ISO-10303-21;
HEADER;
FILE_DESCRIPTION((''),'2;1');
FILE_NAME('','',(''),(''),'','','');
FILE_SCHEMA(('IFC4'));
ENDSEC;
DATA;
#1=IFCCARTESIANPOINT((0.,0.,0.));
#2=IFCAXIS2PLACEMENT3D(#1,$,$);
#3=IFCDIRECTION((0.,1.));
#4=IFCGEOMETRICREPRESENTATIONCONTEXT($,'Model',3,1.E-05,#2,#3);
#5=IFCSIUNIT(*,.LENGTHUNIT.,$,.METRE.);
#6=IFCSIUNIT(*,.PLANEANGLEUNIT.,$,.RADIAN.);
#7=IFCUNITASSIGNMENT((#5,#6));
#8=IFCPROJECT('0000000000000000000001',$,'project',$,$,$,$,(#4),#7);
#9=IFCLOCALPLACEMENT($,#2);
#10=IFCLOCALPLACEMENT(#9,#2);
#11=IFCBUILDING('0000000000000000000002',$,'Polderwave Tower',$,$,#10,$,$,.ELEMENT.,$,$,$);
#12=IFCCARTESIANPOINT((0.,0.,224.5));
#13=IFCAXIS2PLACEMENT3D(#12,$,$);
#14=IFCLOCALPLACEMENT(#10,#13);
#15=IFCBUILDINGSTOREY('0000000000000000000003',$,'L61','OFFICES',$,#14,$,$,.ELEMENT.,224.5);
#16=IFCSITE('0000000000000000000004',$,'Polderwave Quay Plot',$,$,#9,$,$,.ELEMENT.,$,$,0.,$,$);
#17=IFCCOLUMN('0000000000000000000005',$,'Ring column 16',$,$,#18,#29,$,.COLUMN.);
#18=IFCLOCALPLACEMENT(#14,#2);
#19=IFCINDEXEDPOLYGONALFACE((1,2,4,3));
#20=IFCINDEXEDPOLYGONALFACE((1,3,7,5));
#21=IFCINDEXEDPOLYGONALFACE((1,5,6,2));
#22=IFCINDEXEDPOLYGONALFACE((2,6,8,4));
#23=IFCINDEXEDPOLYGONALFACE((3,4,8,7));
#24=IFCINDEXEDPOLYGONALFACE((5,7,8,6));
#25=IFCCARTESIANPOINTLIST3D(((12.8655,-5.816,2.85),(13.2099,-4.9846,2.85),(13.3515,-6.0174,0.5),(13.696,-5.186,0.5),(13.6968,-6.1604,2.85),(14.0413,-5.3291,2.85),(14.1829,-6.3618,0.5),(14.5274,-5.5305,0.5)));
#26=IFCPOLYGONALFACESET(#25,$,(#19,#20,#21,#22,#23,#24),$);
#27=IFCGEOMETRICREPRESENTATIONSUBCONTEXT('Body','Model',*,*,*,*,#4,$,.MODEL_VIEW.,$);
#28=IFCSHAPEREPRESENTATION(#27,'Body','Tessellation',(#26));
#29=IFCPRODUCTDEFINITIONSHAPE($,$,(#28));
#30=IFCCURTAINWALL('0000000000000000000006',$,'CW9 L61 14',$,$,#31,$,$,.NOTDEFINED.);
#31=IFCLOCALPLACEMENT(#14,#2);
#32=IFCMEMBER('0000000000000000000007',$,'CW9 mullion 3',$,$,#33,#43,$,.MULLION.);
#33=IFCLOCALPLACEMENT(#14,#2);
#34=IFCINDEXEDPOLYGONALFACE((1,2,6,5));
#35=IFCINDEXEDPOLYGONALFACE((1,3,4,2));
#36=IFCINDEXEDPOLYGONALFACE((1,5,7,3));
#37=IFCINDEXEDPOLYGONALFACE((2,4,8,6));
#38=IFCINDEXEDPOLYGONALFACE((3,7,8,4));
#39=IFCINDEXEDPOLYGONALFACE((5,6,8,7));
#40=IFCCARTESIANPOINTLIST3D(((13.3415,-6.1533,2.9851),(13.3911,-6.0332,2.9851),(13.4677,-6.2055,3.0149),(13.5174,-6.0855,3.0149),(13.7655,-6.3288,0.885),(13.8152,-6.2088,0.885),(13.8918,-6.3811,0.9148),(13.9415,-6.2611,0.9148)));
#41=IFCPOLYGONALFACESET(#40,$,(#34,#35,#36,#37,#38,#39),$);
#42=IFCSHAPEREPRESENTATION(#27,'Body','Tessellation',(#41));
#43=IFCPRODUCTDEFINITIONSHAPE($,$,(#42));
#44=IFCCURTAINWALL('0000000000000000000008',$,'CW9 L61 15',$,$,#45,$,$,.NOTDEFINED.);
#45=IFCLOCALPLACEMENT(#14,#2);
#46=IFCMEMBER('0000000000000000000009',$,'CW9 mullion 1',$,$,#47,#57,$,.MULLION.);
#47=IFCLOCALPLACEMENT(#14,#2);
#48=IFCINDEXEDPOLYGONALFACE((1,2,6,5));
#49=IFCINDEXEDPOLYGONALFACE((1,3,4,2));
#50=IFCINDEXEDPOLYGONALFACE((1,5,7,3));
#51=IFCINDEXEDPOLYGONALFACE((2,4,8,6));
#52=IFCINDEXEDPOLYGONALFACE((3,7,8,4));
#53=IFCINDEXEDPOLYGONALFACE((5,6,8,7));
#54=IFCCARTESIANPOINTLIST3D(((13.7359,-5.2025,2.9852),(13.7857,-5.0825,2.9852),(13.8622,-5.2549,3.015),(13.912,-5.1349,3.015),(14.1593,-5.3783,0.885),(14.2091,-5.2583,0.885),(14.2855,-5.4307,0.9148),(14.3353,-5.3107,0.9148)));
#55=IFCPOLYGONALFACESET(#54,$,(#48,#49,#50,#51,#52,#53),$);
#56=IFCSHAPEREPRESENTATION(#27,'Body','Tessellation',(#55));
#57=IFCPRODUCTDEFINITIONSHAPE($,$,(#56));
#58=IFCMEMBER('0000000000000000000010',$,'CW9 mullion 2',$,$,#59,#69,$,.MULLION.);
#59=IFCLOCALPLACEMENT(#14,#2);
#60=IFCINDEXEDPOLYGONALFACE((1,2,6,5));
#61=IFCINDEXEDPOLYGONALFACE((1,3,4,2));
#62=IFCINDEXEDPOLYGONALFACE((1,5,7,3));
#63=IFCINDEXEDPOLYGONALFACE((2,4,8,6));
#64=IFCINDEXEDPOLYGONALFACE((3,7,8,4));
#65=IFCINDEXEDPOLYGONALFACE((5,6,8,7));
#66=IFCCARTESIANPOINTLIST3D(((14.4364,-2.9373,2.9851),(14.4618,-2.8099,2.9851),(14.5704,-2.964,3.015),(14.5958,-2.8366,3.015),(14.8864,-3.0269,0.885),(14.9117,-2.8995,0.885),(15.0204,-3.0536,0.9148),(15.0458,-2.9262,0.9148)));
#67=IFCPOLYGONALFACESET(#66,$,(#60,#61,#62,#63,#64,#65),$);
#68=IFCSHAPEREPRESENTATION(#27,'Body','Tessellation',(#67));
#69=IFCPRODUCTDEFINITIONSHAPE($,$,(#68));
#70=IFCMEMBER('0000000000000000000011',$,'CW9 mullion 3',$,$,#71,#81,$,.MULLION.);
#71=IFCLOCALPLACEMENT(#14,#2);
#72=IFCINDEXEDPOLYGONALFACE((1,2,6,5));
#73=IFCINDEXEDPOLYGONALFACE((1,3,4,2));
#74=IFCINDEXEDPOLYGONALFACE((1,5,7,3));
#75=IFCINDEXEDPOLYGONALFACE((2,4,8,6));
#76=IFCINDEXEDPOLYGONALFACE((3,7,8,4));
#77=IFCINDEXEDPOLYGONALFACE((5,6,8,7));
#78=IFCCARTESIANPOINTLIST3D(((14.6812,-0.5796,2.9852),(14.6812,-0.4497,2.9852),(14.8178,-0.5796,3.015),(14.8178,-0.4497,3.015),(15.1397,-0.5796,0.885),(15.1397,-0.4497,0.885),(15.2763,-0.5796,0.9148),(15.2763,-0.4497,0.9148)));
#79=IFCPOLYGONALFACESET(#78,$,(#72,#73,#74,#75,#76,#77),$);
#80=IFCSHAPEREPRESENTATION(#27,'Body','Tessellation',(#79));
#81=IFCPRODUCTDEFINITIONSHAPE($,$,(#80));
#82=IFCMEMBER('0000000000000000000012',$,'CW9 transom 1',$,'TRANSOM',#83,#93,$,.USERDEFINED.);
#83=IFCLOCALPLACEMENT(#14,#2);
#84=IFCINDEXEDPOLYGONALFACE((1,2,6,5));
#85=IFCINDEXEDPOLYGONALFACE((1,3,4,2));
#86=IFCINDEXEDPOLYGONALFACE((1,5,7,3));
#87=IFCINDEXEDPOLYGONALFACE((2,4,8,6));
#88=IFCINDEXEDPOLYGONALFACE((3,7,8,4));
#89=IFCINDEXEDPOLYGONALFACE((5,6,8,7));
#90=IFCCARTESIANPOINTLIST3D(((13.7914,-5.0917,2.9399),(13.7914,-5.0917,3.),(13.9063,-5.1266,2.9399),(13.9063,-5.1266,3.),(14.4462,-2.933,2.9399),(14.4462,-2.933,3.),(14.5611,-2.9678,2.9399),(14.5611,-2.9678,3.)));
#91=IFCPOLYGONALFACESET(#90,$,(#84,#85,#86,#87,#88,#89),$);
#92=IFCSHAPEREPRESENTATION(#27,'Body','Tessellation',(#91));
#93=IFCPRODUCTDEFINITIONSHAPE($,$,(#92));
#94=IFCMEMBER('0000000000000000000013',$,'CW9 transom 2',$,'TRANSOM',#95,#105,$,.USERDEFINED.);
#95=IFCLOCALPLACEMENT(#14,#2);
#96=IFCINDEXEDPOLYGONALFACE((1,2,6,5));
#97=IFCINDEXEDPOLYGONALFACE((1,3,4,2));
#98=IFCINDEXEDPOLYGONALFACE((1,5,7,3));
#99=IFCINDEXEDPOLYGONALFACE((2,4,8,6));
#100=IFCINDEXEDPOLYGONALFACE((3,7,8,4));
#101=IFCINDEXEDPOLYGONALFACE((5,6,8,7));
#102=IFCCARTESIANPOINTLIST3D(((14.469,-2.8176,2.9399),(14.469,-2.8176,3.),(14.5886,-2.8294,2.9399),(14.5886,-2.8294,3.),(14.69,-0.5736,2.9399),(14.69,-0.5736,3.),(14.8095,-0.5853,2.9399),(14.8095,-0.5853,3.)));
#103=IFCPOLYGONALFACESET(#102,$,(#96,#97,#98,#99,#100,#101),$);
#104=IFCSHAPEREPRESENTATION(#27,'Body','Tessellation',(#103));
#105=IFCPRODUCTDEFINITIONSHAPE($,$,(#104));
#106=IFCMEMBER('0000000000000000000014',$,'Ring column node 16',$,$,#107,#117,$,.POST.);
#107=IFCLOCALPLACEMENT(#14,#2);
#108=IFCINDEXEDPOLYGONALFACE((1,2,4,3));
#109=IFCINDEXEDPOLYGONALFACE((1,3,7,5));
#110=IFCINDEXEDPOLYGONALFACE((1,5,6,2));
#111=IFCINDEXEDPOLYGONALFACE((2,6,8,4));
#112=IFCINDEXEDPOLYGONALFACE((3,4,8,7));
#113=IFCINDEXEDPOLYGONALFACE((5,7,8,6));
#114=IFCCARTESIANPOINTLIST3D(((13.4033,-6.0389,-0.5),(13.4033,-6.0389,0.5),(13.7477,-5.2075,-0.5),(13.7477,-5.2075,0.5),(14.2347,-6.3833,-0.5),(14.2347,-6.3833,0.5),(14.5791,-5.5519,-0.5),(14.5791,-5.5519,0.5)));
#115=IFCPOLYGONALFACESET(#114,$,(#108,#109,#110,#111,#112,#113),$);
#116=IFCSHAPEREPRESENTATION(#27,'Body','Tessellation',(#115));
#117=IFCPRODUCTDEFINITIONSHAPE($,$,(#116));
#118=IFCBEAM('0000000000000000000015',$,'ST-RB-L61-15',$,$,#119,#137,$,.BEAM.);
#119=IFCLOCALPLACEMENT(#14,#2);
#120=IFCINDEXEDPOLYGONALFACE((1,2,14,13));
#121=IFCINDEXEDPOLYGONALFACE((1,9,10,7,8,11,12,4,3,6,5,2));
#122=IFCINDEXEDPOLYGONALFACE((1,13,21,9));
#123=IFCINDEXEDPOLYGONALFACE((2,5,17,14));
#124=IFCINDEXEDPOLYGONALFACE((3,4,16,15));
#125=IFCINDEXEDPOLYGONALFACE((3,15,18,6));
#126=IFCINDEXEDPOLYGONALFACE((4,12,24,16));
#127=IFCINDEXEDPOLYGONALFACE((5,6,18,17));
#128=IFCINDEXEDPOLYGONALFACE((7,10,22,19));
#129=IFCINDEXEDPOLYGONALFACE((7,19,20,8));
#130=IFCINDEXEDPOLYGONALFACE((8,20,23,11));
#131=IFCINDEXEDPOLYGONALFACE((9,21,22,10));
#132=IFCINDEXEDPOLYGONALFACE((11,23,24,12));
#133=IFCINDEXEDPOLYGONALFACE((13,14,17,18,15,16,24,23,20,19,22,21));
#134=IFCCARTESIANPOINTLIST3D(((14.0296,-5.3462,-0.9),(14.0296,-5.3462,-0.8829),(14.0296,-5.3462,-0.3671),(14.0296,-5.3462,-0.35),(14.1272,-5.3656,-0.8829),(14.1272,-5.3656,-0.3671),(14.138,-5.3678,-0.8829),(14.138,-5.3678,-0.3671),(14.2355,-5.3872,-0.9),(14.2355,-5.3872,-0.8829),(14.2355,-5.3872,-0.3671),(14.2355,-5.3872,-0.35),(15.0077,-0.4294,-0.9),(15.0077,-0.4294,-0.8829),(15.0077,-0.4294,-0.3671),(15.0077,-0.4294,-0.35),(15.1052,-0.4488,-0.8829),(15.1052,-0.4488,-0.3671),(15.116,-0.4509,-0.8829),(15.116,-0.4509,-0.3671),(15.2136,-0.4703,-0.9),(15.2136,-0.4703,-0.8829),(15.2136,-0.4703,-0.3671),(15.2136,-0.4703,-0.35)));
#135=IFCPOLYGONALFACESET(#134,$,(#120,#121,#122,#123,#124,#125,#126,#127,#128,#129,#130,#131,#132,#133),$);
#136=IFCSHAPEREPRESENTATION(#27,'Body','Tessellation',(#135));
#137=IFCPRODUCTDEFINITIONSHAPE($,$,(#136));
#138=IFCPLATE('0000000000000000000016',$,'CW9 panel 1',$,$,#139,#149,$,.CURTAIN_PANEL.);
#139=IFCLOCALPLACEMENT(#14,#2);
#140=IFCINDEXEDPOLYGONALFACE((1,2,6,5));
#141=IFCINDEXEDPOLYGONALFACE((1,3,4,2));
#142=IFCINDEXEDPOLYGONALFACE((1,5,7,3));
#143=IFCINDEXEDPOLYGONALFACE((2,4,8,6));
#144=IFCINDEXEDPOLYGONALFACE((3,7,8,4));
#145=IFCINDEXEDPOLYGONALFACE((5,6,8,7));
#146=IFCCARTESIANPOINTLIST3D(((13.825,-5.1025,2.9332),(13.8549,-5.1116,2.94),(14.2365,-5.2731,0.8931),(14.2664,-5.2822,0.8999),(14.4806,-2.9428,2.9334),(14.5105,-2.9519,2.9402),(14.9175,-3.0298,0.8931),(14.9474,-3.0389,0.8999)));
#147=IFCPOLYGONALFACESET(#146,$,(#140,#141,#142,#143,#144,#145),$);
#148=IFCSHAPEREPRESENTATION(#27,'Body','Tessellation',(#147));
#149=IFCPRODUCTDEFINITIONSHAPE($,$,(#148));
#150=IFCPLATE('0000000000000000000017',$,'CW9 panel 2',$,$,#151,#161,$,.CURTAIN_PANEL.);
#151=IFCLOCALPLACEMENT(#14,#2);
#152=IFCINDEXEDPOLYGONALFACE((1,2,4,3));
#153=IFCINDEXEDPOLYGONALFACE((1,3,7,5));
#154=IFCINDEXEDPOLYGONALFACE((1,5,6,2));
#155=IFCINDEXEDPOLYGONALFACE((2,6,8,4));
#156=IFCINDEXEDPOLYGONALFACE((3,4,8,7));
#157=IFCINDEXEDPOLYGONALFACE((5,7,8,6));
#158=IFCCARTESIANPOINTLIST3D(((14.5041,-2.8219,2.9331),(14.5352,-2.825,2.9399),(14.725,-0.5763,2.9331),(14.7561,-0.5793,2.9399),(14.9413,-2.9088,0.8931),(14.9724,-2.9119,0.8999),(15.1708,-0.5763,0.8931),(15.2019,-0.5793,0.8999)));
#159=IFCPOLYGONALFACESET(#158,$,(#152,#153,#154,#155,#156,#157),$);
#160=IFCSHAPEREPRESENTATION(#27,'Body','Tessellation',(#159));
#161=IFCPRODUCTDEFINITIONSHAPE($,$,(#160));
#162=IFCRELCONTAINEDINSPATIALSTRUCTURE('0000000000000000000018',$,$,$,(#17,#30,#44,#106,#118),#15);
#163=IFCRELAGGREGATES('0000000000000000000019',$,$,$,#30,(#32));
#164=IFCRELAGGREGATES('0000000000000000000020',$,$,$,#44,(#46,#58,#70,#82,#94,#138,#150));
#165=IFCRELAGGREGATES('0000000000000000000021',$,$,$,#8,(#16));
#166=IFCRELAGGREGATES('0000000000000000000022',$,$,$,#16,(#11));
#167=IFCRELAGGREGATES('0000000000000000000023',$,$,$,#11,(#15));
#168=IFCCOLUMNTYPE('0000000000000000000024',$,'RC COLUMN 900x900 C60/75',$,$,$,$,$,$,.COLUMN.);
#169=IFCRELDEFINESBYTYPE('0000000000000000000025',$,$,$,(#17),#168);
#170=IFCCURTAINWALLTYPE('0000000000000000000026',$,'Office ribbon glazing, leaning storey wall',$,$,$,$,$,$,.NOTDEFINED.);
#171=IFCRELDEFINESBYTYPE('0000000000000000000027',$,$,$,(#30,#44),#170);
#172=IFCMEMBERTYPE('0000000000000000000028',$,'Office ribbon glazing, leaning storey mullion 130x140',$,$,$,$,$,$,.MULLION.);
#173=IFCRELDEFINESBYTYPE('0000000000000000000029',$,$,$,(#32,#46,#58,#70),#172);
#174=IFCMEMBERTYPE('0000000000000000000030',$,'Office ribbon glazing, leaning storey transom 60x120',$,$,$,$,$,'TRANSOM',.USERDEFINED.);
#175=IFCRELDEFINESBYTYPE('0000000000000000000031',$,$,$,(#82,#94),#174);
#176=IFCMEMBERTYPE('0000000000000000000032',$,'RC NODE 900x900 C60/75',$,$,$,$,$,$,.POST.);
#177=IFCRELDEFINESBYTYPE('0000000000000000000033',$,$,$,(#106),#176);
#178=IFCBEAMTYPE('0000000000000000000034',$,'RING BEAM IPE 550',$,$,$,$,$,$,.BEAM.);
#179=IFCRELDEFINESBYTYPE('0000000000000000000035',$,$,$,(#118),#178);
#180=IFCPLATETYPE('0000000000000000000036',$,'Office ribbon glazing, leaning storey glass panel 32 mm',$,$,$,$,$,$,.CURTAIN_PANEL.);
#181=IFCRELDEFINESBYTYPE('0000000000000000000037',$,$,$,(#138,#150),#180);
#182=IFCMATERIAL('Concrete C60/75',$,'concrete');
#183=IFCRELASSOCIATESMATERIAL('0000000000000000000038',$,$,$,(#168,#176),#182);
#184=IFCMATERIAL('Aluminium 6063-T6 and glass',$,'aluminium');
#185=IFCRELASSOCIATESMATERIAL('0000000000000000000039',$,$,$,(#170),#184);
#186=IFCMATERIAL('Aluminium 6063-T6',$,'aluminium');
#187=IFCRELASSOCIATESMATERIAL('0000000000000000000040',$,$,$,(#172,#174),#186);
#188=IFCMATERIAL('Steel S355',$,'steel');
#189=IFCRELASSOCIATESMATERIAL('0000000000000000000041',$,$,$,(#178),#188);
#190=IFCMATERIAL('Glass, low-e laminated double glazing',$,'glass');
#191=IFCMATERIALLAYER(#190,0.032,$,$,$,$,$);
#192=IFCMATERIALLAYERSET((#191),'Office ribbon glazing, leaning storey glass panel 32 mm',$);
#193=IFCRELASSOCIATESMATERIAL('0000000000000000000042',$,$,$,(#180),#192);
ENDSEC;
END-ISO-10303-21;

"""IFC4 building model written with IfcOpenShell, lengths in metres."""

from ifc_helpers import new_model, si_unit, direction, frame, origin, origin_2d, place, context, subcontext, project, spatial, polyline, rectangle, i_section, outline, extrude, material, layer, layer_set, material_profile, profile_set, type_object, element, aggregate, save


model = new_model("IFC4")

# Units and contexts
model_context = context("Model", 3, precision=1e-05, world=origin(), true_north=direction((0.0, 1.0)))
body_context = subcontext(model_context, "Body", "Model", "MODEL_VIEW")
ifc_project = project(units=[si_unit("LENGTHUNIT", "METRE"), si_unit("PLANEANGLEUNIT", "RADIAN")], contexts=[model_context])

# Site, building, storey
site_placement = place(None, origin())
site = spatial("IfcSite", under=ifc_project, at=site_placement, Name="Polderwave Quay Plot", CompositionType="ELEMENT", RefElevation=0.0)
building_placement = place(site_placement, origin())
building = spatial("IfcBuilding", under=site, at=building_placement, Name="Polderwave Tower", CompositionType="ELEMENT")
storey_placement = place(building_placement, frame((0.0, 0.0, 224.5)))
storey = spatial("IfcBuildingStorey", under=building, at=storey_placement, Name="L61", Description="OFFICES", CompositionType="ELEMENT", Elevation=224.5)

# Column
ifc_material_1 = material(Name="Concrete C60/75", Category="concrete")
ifc_material_profile_1 = material_profile(ifc_material_1, rectangle(XDim=0.8999, YDim=0.8999, at=origin_2d()), Name="RC 900x900")
ifc_profile_set_1 = profile_set([ifc_material_profile_1], Name="Concrete C60/75")
column_type = type_object("IfcColumnType", Name="RC COLUMN 900x900 C60/75", PredefinedType="COLUMN", material=ifc_profile_set_1)
column_placement = place(storey_placement, frame((13.9395, -5.7739, 0.5), z_axis=(0.0, 0.0, 1.0), x_axis=(-0.382803, -0.92383, 0.0)))
element("IfcColumn", 1, at=column_placement, inside=storey, type_object=column_type, Name="Ring column 16", PredefinedType="COLUMN", context=body_context, shape_type="SweptSolid", body=[
    extrude(rectangle(XDim=0.8999, YDim=0.8999, at=origin_2d()), origin(), (0.0, -0.21848, 0.975841), 2.4082),
])

# Curtain wall, member
ifc_material_2 = material(Name="Aluminium 6063-T6 and glass", Category="aluminium")
curtain_wall_type = type_object("IfcCurtainWallType", Name="Office ribbon glazing, leaning storey wall", PredefinedType="NOTDEFINED", material=ifc_material_2)
curtain_wall_1_placement = place(storey_placement, origin())
curtain_wall_1 = element("IfcCurtainWall", 2, at=curtain_wall_1_placement, inside=storey, type_object=curtain_wall_type, Name="CW9 L61 14", PredefinedType="NOTDEFINED")
ifc_material_3 = material(Name="Aluminium 6063-T6", Category="aluminium")
ifc_material_profile_2 = material_profile(ifc_material_3, rectangle(XDim=0.1299, YDim=0.1399, at=origin_2d()), Name="AL 130x140")
ifc_profile_set_2 = profile_set([ifc_material_profile_2], Name="Aluminium 6063-T6")
member_type_1 = type_object("IfcMemberType", Name="Office ribbon glazing, leaning storey mullion 130x140", PredefinedType="MULLION", material=ifc_profile_set_2)
member_1_placement = place(storey_placement, frame((13.8535, -6.2949, 0.8999), z_axis=(-0.197274, 0.081658, 0.976942), x_axis=(-0.382461, -0.923971, 0.0)))
member_1 = element("IfcMember", 3, at=member_1_placement, type_object=member_type_1, Name="CW9 mullion 3", PredefinedType="MULLION", context=body_context, shape_type="SweptSolid", body=[
    extrude(rectangle(XDim=0.1299, YDim=0.1399, at=origin_2d()), origin(), (0.0, 0.0, 1.0), 2.1497),
])
aggregate(curtain_wall_1, [member_1])

# Curtain wall, members
curtain_wall_2_placement = place(storey_placement, origin())
curtain_wall_2 = element("IfcCurtainWall", 4, at=curtain_wall_2_placement, inside=storey, type_object=curtain_wall_type, Name="CW9 L61 15", PredefinedType="NOTDEFINED")
member_2_placement = place(storey_placement, frame((14.2473, -5.3445, 0.8999), z_axis=(-0.196944, 0.081776, 0.976998), x_axis=(-0.383481, -0.923549, 0.0)))
member_2 = element("IfcMember", 5, at=member_2_placement, type_object=member_type_1, Name="CW9 mullion 1", PredefinedType="MULLION", context=body_context, shape_type="SweptSolid", body=[
    extrude(rectangle(XDim=0.1299, YDim=0.1399, at=origin_2d()), origin(), (0.0, 0.0, 1.0), 2.1497),
])
member_3_placement = place(storey_placement, frame((14.9661, -2.9766, 0.8999), z_axis=(-0.209316, 0.041681, 0.976959), x_axis=(-0.195297, -0.980744, 0.0)))
member_3 = element("IfcMember", 6, at=member_3_placement, type_object=member_type_1, Name="CW9 mullion 2", PredefinedType="MULLION", context=body_context, shape_type="SweptSolid", body=[
    extrude(rectangle(XDim=0.1299, YDim=0.1399, at=origin_2d()), origin(), (0.0, 0.0, 1.0), 2.1497),
])
member_4_placement = place(storey_placement, frame((15.208, -0.5146, 0.8999), z_axis=(-0.213297, 0.0, 0.976987), x_axis=(0.0, -1.0, 0.0)))
member_4 = element("IfcMember", 7, at=member_4_placement, type_object=member_type_1, Name="CW9 mullion 3", PredefinedType="MULLION", context=body_context, shape_type="SweptSolid", body=[
    extrude(rectangle(XDim=0.1299, YDim=0.1399, at=origin_2d()), origin(), (0.0, 0.0, 1.0), 2.1497),
])
ifc_material_profile_3 = material_profile(ifc_material_3, rectangle(XDim=0.1201, YDim=0.0601, at=origin_2d()), Name="AL 60x120")
ifc_profile_set_3 = profile_set([ifc_material_profile_3], Name="Aluminium 6063-T6")
member_type_2 = type_object("IfcMemberType", Name="Office ribbon glazing, leaning storey transom 60x120", ElementType="TRANSOM", PredefinedType="USERDEFINED", material=ifc_profile_set_3)
member_5_placement = place(storey_placement, frame((13.8489, -5.1091, 2.97), z_axis=(0.290266, 0.956946, 0.0), x_axis=(-0.956946, 0.290266, 0.0)))
member_5 = element("IfcMember", 8, at=member_5_placement, type_object=member_type_2, Name="CW9 transom 1", ObjectType="TRANSOM", PredefinedType="USERDEFINED", context=body_context, shape_type="SweptSolid", body=[
    extrude(rectangle(XDim=0.1201, YDim=0.0601, at=origin_2d()), origin(), (0.0, 0.0, 1.0), 2.2559),
])
member_6_placement = place(storey_placement, frame((14.5288, -2.8235, 2.97), z_axis=(0.097981, 0.995188, 0.0), x_axis=(-0.995188, 0.097981, 0.0)))
member_6 = element("IfcMember", 9, at=member_6_placement, type_object=member_type_2, Name="CW9 transom 2", ObjectType="TRANSOM", PredefinedType="USERDEFINED", context=body_context, shape_type="SweptSolid", body=[
    extrude(rectangle(XDim=0.1201, YDim=0.0601, at=origin_2d()), origin(), (0.0, 0.0, 1.0), 2.2549),
])

# Member
ifc_material_profile_4 = material_profile(ifc_material_1, rectangle(XDim=0.8999, YDim=0.8999, at=origin_2d()), Name="RC 900x900")
ifc_profile_set_4 = profile_set([ifc_material_profile_4], Name="Concrete C60/75")
member_type_3 = type_object("IfcMemberType", Name="RC NODE 900x900 C60/75", PredefinedType="POST", material=ifc_profile_set_4)
member_7_placement = place(storey_placement, frame((13.9912, -5.7954, -0.5), z_axis=(0.0, 0.0, 1.0), x_axis=(0.92388, -0.382683, 0.0)))
element("IfcMember", 10, at=member_7_placement, inside=storey, type_object=member_type_3, Name="Ring column node 16", PredefinedType="POST", context=body_context, shape_type="SweptSolid", body=[
    extrude(rectangle(XDim=0.8999, YDim=0.8999, at=origin_2d()), origin(), (0.0, 0.0, 1.0), 1.0),
])

# Beam
ifc_material_4 = material(Name="Steel S355", Category="steel")
ifc_material_profile_5 = material_profile(ifc_material_4, i_section(OverallWidth=0.21, OverallDepth=0.55, WebThickness=0.011, FlangeThickness=0.0171, at=origin_2d()), Name="IPE 550")
ifc_profile_set_5 = profile_set([ifc_material_profile_5], Name="Steel S355")
beam_type = type_object("IfcBeamType", Name="RING BEAM IPE 550", PredefinedType="BEAM", material=ifc_profile_set_5)
beam_placement = place(storey_placement, frame((14.1326, -5.3667, -0.625), z_axis=(0.195095, 0.980784, 0.0), x_axis=(-0.980784, 0.195095, 0.0)))
element("IfcBeam", 11, at=beam_placement, inside=storey, type_object=beam_type, Name="ST-RB-L61-15", PredefinedType="BEAM", context=body_context, shape_type="SweptSolid", body=[
    extrude(i_section(OverallWidth=0.21, OverallDepth=0.55, WebThickness=0.011, FlangeThickness=0.0171, at=origin_2d()), origin(), (0.0, 0.0, 1.0), 5.0132),
])

# Plates
ifc_material_5 = material(Name="Glass, low-e laminated double glazing", Category="glass")
ifc_layer_1 = layer(ifc_material_5, 0.032)
ifc_layer_set_1 = layer_set([ifc_layer_1], Name="Office ribbon glazing, leaning storey glass panel 32 mm")
plate_type = type_object("IfcPlateType", Name="Office ribbon glazing, leaning storey glass panel 32 mm", PredefinedType="CURTAIN_PANEL", material=ifc_layer_set_1)
plate_1_placement = place(storey_placement, frame((14.2664, -5.2822, 0.8999), z_axis=(0.935056, -0.283873, 0.212338), x_axis=(0.290494, 0.956877, 0.000014)))
plate_1 = element("IfcPlate", 12, at=plate_1_placement, type_object=plate_type, Name="CW9 panel 1", PredefinedType="CURTAIN_PANEL", context=body_context, shape_type="SweptSolid", body=[
    extrude(outline(polyline([(0.0, 0.0), (2.3445, 0.0), (2.3008, 2.0879), (0.0438, 2.0877), (0.0, 0.0)])), origin(), (0.0, 0.0, -1.0), 0.032),
])
plate_2_placement = place(storey_placement, frame((14.9724, -2.9119, 0.8999), z_axis=(0.972463, -0.09568, 0.21251), x_axis=(0.097917, 0.995195, 0.0)))
plate_2 = element("IfcPlate", 13, at=plate_2_placement, type_object=plate_type, Name="CW9 panel 2", PredefinedType="CURTAIN_PANEL", context=body_context, shape_type="SweptSolid", body=[
    extrude(outline(polyline([(0.0, 0.0), (2.3438, 0.0), (2.3001, 2.0877), (0.0437, 2.0877), (0.0, 0.0)])), origin(), (0.0, 0.0, -1.0), 0.032),
])
aggregate(curtain_wall_2, [member_2, member_3, member_4, member_5, member_6, plate_1, plate_2])

save(model, "model.ifc")
